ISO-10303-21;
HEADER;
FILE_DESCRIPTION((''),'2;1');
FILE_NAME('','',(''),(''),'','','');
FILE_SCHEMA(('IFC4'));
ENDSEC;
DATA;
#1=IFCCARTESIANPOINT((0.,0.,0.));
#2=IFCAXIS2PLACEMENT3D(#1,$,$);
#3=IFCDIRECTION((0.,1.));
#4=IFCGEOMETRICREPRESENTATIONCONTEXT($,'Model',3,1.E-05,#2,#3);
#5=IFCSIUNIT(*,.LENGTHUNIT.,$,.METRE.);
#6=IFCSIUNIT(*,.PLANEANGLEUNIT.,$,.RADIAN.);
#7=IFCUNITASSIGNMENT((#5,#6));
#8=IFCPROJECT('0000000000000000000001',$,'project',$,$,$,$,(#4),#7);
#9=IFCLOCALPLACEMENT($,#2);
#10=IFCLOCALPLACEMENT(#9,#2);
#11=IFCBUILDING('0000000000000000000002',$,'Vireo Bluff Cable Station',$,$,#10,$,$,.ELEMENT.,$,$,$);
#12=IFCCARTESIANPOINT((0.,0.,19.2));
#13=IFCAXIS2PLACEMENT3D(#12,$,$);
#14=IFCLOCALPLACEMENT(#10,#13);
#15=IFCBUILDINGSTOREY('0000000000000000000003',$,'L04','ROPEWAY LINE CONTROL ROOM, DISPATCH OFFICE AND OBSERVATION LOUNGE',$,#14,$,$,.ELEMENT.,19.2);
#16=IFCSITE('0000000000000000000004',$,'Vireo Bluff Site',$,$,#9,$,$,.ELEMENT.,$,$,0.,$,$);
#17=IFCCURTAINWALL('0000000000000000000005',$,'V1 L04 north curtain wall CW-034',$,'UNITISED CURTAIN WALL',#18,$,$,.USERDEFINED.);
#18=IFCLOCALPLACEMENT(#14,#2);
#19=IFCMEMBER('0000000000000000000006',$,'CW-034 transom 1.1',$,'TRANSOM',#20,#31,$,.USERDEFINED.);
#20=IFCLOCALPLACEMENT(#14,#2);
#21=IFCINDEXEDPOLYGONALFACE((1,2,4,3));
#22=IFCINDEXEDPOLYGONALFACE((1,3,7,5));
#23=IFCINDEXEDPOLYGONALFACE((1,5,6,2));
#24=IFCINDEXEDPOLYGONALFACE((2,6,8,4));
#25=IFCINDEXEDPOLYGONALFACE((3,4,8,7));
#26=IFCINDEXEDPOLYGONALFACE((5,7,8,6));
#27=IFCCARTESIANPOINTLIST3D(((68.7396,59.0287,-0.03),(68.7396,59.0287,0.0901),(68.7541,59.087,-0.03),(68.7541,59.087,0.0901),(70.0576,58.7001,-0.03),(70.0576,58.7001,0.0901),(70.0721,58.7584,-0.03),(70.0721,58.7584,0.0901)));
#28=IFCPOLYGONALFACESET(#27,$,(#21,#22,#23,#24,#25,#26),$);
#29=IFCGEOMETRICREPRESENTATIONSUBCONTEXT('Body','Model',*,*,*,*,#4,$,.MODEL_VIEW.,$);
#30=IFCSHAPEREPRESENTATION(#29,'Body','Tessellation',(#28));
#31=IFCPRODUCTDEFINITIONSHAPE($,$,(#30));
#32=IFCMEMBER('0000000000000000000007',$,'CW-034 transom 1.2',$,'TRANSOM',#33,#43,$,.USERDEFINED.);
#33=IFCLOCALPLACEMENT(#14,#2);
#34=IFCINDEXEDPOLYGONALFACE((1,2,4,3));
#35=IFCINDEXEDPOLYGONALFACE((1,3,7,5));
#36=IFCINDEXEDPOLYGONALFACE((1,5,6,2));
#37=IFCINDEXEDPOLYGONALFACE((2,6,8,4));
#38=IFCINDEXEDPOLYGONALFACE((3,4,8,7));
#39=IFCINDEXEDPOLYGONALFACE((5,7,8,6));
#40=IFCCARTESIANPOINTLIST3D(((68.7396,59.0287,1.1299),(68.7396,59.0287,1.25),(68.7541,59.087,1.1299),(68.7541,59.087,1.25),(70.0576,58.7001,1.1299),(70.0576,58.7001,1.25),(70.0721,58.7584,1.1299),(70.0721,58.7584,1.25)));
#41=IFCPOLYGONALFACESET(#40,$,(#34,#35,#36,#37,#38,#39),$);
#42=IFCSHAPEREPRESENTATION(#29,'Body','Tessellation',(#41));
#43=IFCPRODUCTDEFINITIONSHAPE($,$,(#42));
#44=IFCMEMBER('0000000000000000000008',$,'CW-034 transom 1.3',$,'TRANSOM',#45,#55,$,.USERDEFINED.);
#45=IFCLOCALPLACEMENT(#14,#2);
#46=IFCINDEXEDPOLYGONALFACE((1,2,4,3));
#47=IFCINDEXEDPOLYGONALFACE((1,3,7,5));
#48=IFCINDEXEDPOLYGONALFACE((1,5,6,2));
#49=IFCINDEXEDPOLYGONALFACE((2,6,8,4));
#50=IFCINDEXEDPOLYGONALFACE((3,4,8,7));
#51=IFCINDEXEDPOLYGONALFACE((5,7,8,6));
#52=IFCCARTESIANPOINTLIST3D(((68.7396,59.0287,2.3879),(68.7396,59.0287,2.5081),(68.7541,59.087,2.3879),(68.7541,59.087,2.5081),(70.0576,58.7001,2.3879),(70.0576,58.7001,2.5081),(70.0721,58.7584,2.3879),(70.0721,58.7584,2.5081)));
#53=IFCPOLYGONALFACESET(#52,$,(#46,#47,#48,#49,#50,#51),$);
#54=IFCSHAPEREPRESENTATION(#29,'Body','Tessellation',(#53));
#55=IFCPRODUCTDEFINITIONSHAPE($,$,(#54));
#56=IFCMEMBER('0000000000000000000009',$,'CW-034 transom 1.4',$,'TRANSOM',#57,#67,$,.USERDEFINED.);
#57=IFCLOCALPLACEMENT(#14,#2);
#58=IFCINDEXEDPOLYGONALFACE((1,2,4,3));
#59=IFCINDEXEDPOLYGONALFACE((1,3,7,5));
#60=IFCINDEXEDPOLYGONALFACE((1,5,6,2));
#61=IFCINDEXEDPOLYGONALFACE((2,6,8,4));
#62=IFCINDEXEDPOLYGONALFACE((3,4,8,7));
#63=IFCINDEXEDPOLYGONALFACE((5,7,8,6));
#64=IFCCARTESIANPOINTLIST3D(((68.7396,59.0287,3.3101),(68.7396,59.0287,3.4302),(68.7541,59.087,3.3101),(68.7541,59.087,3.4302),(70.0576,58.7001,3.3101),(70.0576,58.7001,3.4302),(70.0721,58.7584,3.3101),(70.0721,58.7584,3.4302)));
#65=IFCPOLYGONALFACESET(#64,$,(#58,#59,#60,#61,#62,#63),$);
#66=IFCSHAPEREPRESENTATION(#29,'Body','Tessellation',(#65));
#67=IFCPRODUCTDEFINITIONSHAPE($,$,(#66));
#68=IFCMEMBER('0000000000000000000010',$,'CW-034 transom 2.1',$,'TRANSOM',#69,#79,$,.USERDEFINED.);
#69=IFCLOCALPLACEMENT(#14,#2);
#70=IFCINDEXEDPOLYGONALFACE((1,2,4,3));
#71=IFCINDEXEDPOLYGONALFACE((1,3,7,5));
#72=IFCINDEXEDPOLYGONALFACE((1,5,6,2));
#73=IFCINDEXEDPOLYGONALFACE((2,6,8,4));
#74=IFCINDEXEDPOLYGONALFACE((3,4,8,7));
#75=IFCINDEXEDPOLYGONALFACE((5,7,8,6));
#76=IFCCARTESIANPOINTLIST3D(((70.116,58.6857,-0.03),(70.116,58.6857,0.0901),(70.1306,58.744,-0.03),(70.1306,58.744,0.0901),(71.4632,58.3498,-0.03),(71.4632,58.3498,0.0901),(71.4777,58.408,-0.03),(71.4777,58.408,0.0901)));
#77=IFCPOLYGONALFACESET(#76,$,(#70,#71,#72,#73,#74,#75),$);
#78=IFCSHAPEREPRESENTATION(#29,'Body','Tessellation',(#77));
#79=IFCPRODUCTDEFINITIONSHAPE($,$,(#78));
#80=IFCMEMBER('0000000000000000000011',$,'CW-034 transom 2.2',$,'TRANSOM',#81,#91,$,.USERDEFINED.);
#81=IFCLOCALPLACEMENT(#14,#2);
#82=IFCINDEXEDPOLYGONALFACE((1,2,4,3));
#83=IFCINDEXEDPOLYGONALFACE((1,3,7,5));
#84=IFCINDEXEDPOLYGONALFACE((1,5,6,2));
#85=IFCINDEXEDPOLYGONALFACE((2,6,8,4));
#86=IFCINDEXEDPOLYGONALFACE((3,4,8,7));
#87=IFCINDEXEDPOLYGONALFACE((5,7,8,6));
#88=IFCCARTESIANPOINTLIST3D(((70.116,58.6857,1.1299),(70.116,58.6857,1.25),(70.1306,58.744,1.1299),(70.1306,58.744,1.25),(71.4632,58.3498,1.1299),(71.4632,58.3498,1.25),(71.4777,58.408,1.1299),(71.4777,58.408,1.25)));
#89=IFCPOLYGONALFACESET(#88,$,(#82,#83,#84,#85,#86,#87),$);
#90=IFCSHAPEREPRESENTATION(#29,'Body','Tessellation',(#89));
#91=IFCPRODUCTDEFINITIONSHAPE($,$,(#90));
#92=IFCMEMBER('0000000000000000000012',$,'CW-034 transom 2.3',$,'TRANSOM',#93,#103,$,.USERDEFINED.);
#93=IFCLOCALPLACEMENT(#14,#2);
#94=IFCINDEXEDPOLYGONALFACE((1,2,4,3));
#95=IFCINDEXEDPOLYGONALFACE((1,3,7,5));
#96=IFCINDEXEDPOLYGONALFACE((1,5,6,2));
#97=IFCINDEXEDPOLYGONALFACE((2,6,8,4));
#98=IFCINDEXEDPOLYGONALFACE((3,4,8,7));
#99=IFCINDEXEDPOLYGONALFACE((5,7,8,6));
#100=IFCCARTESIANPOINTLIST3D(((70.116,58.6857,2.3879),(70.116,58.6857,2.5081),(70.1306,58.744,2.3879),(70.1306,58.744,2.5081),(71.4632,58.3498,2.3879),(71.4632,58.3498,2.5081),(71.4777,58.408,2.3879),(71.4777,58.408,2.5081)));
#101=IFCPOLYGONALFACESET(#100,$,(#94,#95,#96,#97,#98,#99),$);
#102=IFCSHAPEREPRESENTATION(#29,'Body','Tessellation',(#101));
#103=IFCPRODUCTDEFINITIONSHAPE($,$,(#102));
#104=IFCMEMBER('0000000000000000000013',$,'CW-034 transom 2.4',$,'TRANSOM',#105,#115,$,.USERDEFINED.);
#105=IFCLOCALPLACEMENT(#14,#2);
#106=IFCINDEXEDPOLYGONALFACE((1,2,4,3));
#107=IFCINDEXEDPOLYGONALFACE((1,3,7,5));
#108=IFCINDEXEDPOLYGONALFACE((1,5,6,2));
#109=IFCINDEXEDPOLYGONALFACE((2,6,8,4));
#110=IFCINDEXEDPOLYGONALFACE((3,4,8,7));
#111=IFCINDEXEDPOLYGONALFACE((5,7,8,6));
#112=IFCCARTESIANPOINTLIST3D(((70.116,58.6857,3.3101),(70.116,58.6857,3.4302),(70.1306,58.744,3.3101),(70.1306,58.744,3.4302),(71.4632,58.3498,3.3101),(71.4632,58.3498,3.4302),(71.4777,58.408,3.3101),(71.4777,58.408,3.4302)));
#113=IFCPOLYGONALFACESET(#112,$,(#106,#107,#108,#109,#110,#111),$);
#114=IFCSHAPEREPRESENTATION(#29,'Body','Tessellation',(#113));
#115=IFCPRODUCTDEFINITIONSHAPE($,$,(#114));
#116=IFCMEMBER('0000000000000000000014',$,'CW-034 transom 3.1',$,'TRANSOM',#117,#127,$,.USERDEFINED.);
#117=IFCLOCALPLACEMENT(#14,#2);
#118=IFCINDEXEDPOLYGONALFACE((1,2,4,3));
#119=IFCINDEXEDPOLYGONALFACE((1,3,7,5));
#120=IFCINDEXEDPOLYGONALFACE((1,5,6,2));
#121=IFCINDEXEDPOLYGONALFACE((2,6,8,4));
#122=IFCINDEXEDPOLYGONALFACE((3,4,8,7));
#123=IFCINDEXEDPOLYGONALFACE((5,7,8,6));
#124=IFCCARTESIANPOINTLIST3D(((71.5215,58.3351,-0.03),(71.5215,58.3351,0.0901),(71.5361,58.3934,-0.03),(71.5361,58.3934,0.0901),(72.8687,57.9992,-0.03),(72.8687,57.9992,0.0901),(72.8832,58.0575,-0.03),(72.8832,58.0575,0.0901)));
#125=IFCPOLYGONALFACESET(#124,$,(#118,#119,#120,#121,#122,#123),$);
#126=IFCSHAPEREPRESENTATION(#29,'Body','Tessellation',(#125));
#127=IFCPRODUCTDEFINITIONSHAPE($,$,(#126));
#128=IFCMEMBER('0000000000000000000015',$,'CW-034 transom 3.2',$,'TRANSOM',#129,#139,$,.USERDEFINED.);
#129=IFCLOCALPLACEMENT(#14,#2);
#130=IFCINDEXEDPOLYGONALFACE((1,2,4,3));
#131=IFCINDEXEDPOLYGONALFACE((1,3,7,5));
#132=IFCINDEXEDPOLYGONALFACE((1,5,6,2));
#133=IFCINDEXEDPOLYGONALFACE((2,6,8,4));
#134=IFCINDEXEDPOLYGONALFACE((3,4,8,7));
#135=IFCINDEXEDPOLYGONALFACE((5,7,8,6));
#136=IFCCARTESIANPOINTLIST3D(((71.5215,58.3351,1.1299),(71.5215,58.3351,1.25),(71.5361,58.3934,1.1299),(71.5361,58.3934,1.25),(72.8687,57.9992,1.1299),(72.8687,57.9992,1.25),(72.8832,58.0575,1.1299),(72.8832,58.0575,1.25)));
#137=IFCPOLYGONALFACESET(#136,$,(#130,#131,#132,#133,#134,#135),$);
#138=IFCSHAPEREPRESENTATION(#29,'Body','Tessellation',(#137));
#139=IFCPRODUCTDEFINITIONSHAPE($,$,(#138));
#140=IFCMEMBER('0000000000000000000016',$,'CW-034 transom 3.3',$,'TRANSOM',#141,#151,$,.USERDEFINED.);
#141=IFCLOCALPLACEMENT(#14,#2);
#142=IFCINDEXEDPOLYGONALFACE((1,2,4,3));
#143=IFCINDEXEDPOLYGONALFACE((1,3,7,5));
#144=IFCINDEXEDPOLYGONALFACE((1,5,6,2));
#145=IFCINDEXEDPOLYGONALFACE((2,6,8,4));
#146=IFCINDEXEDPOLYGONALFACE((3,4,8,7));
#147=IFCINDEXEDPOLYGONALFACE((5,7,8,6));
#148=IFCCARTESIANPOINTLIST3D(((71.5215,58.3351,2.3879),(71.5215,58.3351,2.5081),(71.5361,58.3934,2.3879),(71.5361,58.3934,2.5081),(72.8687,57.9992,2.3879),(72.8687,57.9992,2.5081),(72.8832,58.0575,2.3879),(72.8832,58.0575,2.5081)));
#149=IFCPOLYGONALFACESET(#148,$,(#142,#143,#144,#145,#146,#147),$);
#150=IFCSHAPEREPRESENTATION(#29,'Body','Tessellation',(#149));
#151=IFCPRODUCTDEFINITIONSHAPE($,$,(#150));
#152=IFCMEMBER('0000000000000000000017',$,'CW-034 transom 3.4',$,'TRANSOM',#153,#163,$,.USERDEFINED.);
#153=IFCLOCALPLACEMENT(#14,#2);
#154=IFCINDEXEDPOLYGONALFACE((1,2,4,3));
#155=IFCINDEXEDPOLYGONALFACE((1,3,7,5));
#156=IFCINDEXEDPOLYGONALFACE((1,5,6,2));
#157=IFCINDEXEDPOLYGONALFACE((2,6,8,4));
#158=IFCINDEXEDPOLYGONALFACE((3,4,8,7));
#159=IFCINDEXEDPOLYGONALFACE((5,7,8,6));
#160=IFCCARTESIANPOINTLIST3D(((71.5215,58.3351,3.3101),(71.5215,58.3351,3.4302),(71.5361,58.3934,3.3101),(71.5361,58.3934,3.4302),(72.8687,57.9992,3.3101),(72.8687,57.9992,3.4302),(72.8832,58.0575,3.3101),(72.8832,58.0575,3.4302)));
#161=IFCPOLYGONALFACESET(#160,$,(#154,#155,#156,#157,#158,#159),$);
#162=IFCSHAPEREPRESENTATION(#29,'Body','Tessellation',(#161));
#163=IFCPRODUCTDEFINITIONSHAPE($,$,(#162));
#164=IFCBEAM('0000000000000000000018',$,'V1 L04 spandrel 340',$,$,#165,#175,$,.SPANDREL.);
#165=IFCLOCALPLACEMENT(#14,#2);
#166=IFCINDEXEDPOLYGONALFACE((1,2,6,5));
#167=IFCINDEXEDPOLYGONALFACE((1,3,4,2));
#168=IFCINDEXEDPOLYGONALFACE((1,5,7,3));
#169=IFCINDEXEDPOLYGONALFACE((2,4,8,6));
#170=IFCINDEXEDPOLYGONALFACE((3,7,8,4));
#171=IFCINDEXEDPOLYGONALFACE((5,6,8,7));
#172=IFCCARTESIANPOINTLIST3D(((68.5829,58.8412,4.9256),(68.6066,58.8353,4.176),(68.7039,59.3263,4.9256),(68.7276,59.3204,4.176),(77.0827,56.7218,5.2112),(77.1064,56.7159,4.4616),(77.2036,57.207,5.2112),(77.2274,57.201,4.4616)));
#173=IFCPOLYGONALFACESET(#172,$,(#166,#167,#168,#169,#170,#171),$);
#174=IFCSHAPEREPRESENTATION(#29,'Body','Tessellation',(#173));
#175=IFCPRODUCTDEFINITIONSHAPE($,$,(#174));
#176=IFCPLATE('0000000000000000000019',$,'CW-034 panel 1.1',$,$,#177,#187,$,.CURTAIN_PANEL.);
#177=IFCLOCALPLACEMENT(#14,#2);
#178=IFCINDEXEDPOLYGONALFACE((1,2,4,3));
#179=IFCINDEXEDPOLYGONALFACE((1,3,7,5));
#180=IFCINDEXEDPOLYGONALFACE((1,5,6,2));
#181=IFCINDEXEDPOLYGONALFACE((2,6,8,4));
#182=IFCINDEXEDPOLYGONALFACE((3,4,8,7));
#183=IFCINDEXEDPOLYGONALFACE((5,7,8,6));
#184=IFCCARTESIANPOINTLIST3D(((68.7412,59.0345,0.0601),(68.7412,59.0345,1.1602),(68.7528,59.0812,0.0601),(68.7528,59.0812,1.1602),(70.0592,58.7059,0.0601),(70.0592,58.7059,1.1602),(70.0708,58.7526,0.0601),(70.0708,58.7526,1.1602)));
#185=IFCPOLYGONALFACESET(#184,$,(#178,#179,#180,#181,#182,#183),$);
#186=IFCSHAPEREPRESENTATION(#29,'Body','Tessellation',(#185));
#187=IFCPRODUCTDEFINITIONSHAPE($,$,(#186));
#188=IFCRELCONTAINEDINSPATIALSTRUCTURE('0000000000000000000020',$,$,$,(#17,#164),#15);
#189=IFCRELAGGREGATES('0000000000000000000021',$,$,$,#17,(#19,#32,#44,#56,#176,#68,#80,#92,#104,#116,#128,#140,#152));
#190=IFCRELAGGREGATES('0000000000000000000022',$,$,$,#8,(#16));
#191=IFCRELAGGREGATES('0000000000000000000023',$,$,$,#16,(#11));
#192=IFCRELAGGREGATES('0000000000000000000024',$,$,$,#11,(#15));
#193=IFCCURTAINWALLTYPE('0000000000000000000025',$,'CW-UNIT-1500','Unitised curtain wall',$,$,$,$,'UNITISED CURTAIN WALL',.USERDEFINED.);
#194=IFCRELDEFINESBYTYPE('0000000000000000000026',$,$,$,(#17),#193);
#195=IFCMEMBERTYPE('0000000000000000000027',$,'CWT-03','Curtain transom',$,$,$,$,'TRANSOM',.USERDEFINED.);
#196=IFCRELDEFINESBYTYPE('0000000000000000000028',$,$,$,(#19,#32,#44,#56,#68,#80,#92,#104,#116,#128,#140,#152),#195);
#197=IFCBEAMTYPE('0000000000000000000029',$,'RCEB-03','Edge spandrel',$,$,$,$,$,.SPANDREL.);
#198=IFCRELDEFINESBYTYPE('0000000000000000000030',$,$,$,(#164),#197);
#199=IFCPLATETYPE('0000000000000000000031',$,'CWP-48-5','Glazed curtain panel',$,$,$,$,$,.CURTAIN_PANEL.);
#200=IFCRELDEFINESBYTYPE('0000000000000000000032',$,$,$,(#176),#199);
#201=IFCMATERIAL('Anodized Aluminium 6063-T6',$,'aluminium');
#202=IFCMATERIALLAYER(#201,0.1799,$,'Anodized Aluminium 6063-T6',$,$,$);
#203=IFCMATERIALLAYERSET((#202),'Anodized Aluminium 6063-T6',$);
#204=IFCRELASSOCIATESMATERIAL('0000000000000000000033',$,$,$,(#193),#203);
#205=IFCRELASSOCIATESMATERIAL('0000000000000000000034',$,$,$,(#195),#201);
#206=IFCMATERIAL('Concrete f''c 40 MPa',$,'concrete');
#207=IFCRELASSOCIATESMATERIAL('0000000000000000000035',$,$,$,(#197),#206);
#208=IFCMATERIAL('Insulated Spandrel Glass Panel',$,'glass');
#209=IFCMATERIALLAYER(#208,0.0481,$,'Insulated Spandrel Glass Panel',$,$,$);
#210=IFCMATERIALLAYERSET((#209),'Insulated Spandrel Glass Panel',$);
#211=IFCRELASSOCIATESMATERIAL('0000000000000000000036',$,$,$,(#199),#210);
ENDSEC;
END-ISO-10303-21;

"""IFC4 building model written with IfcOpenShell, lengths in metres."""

from ifc_helpers import new_model, si_unit, direction, frame, origin, origin_2d, place, context, subcontext, project, spatial, rectangle, extrude, material, layer, layer_set, material_profile, profile_set, type_object, element, aggregate, save


model = new_model("IFC4")

# Units and contexts
model_context = context("Model", 3, precision=1e-05, world=origin(), true_north=direction((0.0, 1.0)))
body_context = subcontext(model_context, "Body", "Model", "MODEL_VIEW")
ifc_project = project(units=[si_unit("LENGTHUNIT", "METRE"), si_unit("PLANEANGLEUNIT", "RADIAN")], contexts=[model_context])

# Site, building, storey
site_placement = place(None, origin())
site = spatial("IfcSite", under=ifc_project, at=site_placement, Name="Vireo Bluff Site", CompositionType="ELEMENT", RefElevation=0.0)
building_placement = place(site_placement, origin())
building = spatial("IfcBuilding", under=site, at=building_placement, Name="Vireo Bluff Cable Station", CompositionType="ELEMENT")
storey_placement = place(building_placement, frame((0.0, 0.0, 19.2)))
storey = spatial("IfcBuildingStorey", under=building, at=storey_placement, Name="L04", Description="ROPEWAY LINE CONTROL ROOM, DISPATCH OFFICE AND OBSERVATION LOUNGE", CompositionType="ELEMENT", Elevation=19.2)

# Curtain wall, members
ifc_material_1 = material(Name="Anodized Aluminium 6063-T6", Category="aluminium")
ifc_layer_1 = layer(ifc_material_1, 0.1799, Name="Anodized Aluminium 6063-T6")
ifc_layer_set_1 = layer_set([ifc_layer_1], Name="Anodized Aluminium 6063-T6")
curtain_wall_type = type_object("IfcCurtainWallType", Name="CW-UNIT-1500", Description="Unitised curtain wall", ElementType="UNITISED CURTAIN WALL", PredefinedType="USERDEFINED", material=ifc_layer_set_1)
curtain_wall_placement = place(storey_placement, origin())
curtain_wall = element("IfcCurtainWall", 1, at=curtain_wall_placement, inside=storey, type_object=curtain_wall_type, Name="V1 L04 north curtain wall CW-034", ObjectType="UNITISED CURTAIN WALL", PredefinedType="USERDEFINED")
ifc_material_profile_1 = material_profile(ifc_material_1, rectangle(XDim=0.0601, YDim=0.1201, at=origin_2d()), Name="ALU-T-60X120")
ifc_profile_set_1 = profile_set([ifc_material_profile_1], Name="Anodized Aluminium 6063-T6")
member_type_1 = type_object("IfcMemberType", Name="CWT-03", Description="Curtain transom", ElementType="TRANSOM", PredefinedType="USERDEFINED", material=ifc_profile_set_1)
member_1_placement = place(storey_placement, frame((68.7468, 59.0579, 0.03), z_axis=(0.970301, -0.241901, 0.0), x_axis=(0.241901, 0.970301, 0.0)))
member_1 = element("IfcMember", 2, at=member_1_placement, type_object=member_type_1, Name="CW-034 transom 1.1", ObjectType="TRANSOM", PredefinedType="USERDEFINED", context=body_context, shape_type="SweptSolid", body=[
    extrude(rectangle(XDim=0.0601, YDim=0.1201, at=origin_2d()), origin(), (0.0, 0.0, 1.0), 1.3584),
])
member_2_placement = place(storey_placement, frame((68.7468, 59.0579, 1.1899), z_axis=(0.970301, -0.241901, 0.0), x_axis=(0.241901, 0.970301, 0.0)))
member_2 = element("IfcMember", 3, at=member_2_placement, type_object=member_type_1, Name="CW-034 transom 1.2", ObjectType="TRANSOM", PredefinedType="USERDEFINED", context=body_context, shape_type="SweptSolid", body=[
    extrude(rectangle(XDim=0.0601, YDim=0.1201, at=origin_2d()), origin(), (0.0, 0.0, 1.0), 1.3584),
])
member_3_placement = place(storey_placement, frame((68.7468, 59.0579, 2.448), z_axis=(0.970301, -0.241901, 0.0), x_axis=(0.241901, 0.970301, 0.0)))
member_3 = element("IfcMember", 4, at=member_3_placement, type_object=member_type_1, Name="CW-034 transom 1.3", ObjectType="TRANSOM", PredefinedType="USERDEFINED", context=body_context, shape_type="SweptSolid", body=[
    extrude(rectangle(XDim=0.0601, YDim=0.1201, at=origin_2d()), origin(), (0.0, 0.0, 1.0), 1.3584),
])
member_4_placement = place(storey_placement, frame((68.7468, 59.0579, 3.3701), z_axis=(0.970301, -0.241901, 0.0), x_axis=(0.241901, 0.970301, 0.0)))
member_4 = element("IfcMember", 5, at=member_4_placement, type_object=member_type_1, Name="CW-034 transom 1.4", ObjectType="TRANSOM", PredefinedType="USERDEFINED", context=body_context, shape_type="SweptSolid", body=[
    extrude(rectangle(XDim=0.0601, YDim=0.1201, at=origin_2d()), origin(), (0.0, 0.0, 1.0), 1.3584),
])
member_5_placement = place(storey_placement, frame((70.1233, 58.7148, 0.03), z_axis=(0.970287, -0.241956, 0.0), x_axis=(0.241956, 0.970287, 0.0)))
member_5 = element("IfcMember", 6, at=member_5_placement, type_object=member_type_1, Name="CW-034 transom 2.1", ObjectType="TRANSOM", PredefinedType="USERDEFINED", context=body_context, shape_type="SweptSolid", body=[
    extrude(rectangle(XDim=0.0601, YDim=0.1201, at=origin_2d()), origin(), (0.0, 0.0, 1.0), 1.3884),
])
member_6_placement = place(storey_placement, frame((70.1233, 58.7148, 1.1899), z_axis=(0.970287, -0.241956, 0.0), x_axis=(0.241956, 0.970287, 0.0)))
member_6 = element("IfcMember", 7, at=member_6_placement, type_object=member_type_1, Name="CW-034 transom 2.2", ObjectType="TRANSOM", PredefinedType="USERDEFINED", context=body_context, shape_type="SweptSolid", body=[
    extrude(rectangle(XDim=0.0601, YDim=0.1201, at=origin_2d()), origin(), (0.0, 0.0, 1.0), 1.3884),
])
member_7_placement = place(storey_placement, frame((70.1233, 58.7148, 2.448), z_axis=(0.970287, -0.241956, 0.0), x_axis=(0.241956, 0.970287, 0.0)))
member_7 = element("IfcMember", 8, at=member_7_placement, type_object=member_type_1, Name="CW-034 transom 2.3", ObjectType="TRANSOM", PredefinedType="USERDEFINED", context=body_context, shape_type="SweptSolid", body=[
    extrude(rectangle(XDim=0.0601, YDim=0.1201, at=origin_2d()), origin(), (0.0, 0.0, 1.0), 1.3884),
])
member_8_placement = place(storey_placement, frame((70.1233, 58.7148, 3.3701), z_axis=(0.970287, -0.241956, 0.0), x_axis=(0.241956, 0.970287, 0.0)))
member_8 = element("IfcMember", 9, at=member_8_placement, type_object=member_type_1, Name="CW-034 transom 2.4", ObjectType="TRANSOM", PredefinedType="USERDEFINED", context=body_context, shape_type="SweptSolid", body=[
    extrude(rectangle(XDim=0.0601, YDim=0.1201, at=origin_2d()), origin(), (0.0, 0.0, 1.0), 1.3884),
])
member_9_placement = place(storey_placement, frame((71.5288, 58.3643, 0.03), z_axis=(0.970287, -0.241956, 0.0), x_axis=(0.241956, 0.970287, 0.0)))
member_9 = element("IfcMember", 10, at=member_9_placement, type_object=member_type_1, Name="CW-034 transom 3.1", ObjectType="TRANSOM", PredefinedType="USERDEFINED", context=body_context, shape_type="SweptSolid", body=[
    extrude(rectangle(XDim=0.0601, YDim=0.1201, at=origin_2d()), origin(), (0.0, 0.0, 1.0), 1.3884),
])
member_10_placement = place(storey_placement, frame((71.5288, 58.3643, 1.1899), z_axis=(0.970287, -0.241956, 0.0), x_axis=(0.241956, 0.970287, 0.0)))
member_10 = element("IfcMember", 11, at=member_10_placement, type_object=member_type_1, Name="CW-034 transom 3.2", ObjectType="TRANSOM", PredefinedType="USERDEFINED", context=body_context, shape_type="SweptSolid", body=[
    extrude(rectangle(XDim=0.0601, YDim=0.1201, at=origin_2d()), origin(), (0.0, 0.0, 1.0), 1.3884),
])
member_11_placement = place(storey_placement, frame((71.5288, 58.3643, 2.448), z_axis=(0.970287, -0.241956, 0.0), x_axis=(0.241956, 0.970287, 0.0)))
member_11 = element("IfcMember", 12, at=member_11_placement, type_object=member_type_1, Name="CW-034 transom 3.3", ObjectType="TRANSOM", PredefinedType="USERDEFINED", context=body_context, shape_type="SweptSolid", body=[
    extrude(rectangle(XDim=0.0601, YDim=0.1201, at=origin_2d()), origin(), (0.0, 0.0, 1.0), 1.3884),
])
member_12_placement = place(storey_placement, frame((71.5288, 58.3643, 3.3701), z_axis=(0.970287, -0.241956, 0.0), x_axis=(0.241956, 0.970287, 0.0)))
member_12 = element("IfcMember", 13, at=member_12_placement, type_object=member_type_1, Name="CW-034 transom 3.4", ObjectType="TRANSOM", PredefinedType="USERDEFINED", context=body_context, shape_type="SweptSolid", body=[
    extrude(rectangle(XDim=0.0601, YDim=0.1201, at=origin_2d()), origin(), (0.0, 0.0, 1.0), 1.3884),
])

# Beam
ifc_material_2 = material(Name="Concrete f'c 40 MPa", Category="concrete")
ifc_material_profile_2 = material_profile(ifc_material_2, rectangle(XDim=0.5, YDim=0.75, at=origin_2d()), Name="RC-EB-500X750")
ifc_profile_set_2 = profile_set([ifc_material_profile_2], Name="Concrete f'c 40 MPa")
beam_type = type_object("IfcBeamType", Name="RCEB-03", Description="Edge spandrel", PredefinedType="SPANDREL", material=ifc_profile_set_2)
beam_placement = place(storey_placement, frame((68.6553, 59.0808, 4.5508), z_axis=(0.969776, -0.24181, 0.03259), x_axis=(0.241939, 0.970292, 0.0)))
element("IfcBeam", 14, at=beam_placement, inside=storey, type_object=beam_type, Name="V1 L04 spandrel 340", PredefinedType="SPANDREL", context=body_context, shape_type="SweptSolid", body=[
    extrude(rectangle(XDim=0.5, YDim=0.75, at=origin_2d()), origin(), (0.0, 0.0, 1.0), 8.7646),
])

# Plate
ifc_material_3 = material(Name="Insulated Spandrel Glass Panel", Category="glass")
ifc_layer_2 = layer(ifc_material_3, 0.0481, Name="Insulated Spandrel Glass Panel")
ifc_layer_set_2 = layer_set([ifc_layer_2], Name="Insulated Spandrel Glass Panel")
plate_type_1 = type_object("IfcPlateType", Name="CWP-48-5", Description="Glazed curtain panel", PredefinedType="CURTAIN_PANEL", material=ifc_layer_set_2)
plate_1_placement = place(storey_placement, frame((69.406, 58.8936, 0.0601), z_axis=(0.0, 0.0, 1.0), x_axis=(0.970296, -0.241922, 0.0)))
plate_1 = element("IfcPlate", 15, at=plate_1_placement, type_object=plate_type_1, Name="CW-034 panel 1.1", PredefinedType="CURTAIN_PANEL", context=body_context, shape_type="SweptSolid", body=[
    extrude(rectangle(XDim=1.3584, YDim=0.0481, at=origin_2d()), origin(), (0.0, 0.0, 1.0), 1.1001),
])
aggregate(curtain_wall, [member_1, member_2, member_3, member_4, plate_1, member_5, member_6, member_7, member_8, member_9, member_10, member_11, member_12])

save(model, "model.ifc")
